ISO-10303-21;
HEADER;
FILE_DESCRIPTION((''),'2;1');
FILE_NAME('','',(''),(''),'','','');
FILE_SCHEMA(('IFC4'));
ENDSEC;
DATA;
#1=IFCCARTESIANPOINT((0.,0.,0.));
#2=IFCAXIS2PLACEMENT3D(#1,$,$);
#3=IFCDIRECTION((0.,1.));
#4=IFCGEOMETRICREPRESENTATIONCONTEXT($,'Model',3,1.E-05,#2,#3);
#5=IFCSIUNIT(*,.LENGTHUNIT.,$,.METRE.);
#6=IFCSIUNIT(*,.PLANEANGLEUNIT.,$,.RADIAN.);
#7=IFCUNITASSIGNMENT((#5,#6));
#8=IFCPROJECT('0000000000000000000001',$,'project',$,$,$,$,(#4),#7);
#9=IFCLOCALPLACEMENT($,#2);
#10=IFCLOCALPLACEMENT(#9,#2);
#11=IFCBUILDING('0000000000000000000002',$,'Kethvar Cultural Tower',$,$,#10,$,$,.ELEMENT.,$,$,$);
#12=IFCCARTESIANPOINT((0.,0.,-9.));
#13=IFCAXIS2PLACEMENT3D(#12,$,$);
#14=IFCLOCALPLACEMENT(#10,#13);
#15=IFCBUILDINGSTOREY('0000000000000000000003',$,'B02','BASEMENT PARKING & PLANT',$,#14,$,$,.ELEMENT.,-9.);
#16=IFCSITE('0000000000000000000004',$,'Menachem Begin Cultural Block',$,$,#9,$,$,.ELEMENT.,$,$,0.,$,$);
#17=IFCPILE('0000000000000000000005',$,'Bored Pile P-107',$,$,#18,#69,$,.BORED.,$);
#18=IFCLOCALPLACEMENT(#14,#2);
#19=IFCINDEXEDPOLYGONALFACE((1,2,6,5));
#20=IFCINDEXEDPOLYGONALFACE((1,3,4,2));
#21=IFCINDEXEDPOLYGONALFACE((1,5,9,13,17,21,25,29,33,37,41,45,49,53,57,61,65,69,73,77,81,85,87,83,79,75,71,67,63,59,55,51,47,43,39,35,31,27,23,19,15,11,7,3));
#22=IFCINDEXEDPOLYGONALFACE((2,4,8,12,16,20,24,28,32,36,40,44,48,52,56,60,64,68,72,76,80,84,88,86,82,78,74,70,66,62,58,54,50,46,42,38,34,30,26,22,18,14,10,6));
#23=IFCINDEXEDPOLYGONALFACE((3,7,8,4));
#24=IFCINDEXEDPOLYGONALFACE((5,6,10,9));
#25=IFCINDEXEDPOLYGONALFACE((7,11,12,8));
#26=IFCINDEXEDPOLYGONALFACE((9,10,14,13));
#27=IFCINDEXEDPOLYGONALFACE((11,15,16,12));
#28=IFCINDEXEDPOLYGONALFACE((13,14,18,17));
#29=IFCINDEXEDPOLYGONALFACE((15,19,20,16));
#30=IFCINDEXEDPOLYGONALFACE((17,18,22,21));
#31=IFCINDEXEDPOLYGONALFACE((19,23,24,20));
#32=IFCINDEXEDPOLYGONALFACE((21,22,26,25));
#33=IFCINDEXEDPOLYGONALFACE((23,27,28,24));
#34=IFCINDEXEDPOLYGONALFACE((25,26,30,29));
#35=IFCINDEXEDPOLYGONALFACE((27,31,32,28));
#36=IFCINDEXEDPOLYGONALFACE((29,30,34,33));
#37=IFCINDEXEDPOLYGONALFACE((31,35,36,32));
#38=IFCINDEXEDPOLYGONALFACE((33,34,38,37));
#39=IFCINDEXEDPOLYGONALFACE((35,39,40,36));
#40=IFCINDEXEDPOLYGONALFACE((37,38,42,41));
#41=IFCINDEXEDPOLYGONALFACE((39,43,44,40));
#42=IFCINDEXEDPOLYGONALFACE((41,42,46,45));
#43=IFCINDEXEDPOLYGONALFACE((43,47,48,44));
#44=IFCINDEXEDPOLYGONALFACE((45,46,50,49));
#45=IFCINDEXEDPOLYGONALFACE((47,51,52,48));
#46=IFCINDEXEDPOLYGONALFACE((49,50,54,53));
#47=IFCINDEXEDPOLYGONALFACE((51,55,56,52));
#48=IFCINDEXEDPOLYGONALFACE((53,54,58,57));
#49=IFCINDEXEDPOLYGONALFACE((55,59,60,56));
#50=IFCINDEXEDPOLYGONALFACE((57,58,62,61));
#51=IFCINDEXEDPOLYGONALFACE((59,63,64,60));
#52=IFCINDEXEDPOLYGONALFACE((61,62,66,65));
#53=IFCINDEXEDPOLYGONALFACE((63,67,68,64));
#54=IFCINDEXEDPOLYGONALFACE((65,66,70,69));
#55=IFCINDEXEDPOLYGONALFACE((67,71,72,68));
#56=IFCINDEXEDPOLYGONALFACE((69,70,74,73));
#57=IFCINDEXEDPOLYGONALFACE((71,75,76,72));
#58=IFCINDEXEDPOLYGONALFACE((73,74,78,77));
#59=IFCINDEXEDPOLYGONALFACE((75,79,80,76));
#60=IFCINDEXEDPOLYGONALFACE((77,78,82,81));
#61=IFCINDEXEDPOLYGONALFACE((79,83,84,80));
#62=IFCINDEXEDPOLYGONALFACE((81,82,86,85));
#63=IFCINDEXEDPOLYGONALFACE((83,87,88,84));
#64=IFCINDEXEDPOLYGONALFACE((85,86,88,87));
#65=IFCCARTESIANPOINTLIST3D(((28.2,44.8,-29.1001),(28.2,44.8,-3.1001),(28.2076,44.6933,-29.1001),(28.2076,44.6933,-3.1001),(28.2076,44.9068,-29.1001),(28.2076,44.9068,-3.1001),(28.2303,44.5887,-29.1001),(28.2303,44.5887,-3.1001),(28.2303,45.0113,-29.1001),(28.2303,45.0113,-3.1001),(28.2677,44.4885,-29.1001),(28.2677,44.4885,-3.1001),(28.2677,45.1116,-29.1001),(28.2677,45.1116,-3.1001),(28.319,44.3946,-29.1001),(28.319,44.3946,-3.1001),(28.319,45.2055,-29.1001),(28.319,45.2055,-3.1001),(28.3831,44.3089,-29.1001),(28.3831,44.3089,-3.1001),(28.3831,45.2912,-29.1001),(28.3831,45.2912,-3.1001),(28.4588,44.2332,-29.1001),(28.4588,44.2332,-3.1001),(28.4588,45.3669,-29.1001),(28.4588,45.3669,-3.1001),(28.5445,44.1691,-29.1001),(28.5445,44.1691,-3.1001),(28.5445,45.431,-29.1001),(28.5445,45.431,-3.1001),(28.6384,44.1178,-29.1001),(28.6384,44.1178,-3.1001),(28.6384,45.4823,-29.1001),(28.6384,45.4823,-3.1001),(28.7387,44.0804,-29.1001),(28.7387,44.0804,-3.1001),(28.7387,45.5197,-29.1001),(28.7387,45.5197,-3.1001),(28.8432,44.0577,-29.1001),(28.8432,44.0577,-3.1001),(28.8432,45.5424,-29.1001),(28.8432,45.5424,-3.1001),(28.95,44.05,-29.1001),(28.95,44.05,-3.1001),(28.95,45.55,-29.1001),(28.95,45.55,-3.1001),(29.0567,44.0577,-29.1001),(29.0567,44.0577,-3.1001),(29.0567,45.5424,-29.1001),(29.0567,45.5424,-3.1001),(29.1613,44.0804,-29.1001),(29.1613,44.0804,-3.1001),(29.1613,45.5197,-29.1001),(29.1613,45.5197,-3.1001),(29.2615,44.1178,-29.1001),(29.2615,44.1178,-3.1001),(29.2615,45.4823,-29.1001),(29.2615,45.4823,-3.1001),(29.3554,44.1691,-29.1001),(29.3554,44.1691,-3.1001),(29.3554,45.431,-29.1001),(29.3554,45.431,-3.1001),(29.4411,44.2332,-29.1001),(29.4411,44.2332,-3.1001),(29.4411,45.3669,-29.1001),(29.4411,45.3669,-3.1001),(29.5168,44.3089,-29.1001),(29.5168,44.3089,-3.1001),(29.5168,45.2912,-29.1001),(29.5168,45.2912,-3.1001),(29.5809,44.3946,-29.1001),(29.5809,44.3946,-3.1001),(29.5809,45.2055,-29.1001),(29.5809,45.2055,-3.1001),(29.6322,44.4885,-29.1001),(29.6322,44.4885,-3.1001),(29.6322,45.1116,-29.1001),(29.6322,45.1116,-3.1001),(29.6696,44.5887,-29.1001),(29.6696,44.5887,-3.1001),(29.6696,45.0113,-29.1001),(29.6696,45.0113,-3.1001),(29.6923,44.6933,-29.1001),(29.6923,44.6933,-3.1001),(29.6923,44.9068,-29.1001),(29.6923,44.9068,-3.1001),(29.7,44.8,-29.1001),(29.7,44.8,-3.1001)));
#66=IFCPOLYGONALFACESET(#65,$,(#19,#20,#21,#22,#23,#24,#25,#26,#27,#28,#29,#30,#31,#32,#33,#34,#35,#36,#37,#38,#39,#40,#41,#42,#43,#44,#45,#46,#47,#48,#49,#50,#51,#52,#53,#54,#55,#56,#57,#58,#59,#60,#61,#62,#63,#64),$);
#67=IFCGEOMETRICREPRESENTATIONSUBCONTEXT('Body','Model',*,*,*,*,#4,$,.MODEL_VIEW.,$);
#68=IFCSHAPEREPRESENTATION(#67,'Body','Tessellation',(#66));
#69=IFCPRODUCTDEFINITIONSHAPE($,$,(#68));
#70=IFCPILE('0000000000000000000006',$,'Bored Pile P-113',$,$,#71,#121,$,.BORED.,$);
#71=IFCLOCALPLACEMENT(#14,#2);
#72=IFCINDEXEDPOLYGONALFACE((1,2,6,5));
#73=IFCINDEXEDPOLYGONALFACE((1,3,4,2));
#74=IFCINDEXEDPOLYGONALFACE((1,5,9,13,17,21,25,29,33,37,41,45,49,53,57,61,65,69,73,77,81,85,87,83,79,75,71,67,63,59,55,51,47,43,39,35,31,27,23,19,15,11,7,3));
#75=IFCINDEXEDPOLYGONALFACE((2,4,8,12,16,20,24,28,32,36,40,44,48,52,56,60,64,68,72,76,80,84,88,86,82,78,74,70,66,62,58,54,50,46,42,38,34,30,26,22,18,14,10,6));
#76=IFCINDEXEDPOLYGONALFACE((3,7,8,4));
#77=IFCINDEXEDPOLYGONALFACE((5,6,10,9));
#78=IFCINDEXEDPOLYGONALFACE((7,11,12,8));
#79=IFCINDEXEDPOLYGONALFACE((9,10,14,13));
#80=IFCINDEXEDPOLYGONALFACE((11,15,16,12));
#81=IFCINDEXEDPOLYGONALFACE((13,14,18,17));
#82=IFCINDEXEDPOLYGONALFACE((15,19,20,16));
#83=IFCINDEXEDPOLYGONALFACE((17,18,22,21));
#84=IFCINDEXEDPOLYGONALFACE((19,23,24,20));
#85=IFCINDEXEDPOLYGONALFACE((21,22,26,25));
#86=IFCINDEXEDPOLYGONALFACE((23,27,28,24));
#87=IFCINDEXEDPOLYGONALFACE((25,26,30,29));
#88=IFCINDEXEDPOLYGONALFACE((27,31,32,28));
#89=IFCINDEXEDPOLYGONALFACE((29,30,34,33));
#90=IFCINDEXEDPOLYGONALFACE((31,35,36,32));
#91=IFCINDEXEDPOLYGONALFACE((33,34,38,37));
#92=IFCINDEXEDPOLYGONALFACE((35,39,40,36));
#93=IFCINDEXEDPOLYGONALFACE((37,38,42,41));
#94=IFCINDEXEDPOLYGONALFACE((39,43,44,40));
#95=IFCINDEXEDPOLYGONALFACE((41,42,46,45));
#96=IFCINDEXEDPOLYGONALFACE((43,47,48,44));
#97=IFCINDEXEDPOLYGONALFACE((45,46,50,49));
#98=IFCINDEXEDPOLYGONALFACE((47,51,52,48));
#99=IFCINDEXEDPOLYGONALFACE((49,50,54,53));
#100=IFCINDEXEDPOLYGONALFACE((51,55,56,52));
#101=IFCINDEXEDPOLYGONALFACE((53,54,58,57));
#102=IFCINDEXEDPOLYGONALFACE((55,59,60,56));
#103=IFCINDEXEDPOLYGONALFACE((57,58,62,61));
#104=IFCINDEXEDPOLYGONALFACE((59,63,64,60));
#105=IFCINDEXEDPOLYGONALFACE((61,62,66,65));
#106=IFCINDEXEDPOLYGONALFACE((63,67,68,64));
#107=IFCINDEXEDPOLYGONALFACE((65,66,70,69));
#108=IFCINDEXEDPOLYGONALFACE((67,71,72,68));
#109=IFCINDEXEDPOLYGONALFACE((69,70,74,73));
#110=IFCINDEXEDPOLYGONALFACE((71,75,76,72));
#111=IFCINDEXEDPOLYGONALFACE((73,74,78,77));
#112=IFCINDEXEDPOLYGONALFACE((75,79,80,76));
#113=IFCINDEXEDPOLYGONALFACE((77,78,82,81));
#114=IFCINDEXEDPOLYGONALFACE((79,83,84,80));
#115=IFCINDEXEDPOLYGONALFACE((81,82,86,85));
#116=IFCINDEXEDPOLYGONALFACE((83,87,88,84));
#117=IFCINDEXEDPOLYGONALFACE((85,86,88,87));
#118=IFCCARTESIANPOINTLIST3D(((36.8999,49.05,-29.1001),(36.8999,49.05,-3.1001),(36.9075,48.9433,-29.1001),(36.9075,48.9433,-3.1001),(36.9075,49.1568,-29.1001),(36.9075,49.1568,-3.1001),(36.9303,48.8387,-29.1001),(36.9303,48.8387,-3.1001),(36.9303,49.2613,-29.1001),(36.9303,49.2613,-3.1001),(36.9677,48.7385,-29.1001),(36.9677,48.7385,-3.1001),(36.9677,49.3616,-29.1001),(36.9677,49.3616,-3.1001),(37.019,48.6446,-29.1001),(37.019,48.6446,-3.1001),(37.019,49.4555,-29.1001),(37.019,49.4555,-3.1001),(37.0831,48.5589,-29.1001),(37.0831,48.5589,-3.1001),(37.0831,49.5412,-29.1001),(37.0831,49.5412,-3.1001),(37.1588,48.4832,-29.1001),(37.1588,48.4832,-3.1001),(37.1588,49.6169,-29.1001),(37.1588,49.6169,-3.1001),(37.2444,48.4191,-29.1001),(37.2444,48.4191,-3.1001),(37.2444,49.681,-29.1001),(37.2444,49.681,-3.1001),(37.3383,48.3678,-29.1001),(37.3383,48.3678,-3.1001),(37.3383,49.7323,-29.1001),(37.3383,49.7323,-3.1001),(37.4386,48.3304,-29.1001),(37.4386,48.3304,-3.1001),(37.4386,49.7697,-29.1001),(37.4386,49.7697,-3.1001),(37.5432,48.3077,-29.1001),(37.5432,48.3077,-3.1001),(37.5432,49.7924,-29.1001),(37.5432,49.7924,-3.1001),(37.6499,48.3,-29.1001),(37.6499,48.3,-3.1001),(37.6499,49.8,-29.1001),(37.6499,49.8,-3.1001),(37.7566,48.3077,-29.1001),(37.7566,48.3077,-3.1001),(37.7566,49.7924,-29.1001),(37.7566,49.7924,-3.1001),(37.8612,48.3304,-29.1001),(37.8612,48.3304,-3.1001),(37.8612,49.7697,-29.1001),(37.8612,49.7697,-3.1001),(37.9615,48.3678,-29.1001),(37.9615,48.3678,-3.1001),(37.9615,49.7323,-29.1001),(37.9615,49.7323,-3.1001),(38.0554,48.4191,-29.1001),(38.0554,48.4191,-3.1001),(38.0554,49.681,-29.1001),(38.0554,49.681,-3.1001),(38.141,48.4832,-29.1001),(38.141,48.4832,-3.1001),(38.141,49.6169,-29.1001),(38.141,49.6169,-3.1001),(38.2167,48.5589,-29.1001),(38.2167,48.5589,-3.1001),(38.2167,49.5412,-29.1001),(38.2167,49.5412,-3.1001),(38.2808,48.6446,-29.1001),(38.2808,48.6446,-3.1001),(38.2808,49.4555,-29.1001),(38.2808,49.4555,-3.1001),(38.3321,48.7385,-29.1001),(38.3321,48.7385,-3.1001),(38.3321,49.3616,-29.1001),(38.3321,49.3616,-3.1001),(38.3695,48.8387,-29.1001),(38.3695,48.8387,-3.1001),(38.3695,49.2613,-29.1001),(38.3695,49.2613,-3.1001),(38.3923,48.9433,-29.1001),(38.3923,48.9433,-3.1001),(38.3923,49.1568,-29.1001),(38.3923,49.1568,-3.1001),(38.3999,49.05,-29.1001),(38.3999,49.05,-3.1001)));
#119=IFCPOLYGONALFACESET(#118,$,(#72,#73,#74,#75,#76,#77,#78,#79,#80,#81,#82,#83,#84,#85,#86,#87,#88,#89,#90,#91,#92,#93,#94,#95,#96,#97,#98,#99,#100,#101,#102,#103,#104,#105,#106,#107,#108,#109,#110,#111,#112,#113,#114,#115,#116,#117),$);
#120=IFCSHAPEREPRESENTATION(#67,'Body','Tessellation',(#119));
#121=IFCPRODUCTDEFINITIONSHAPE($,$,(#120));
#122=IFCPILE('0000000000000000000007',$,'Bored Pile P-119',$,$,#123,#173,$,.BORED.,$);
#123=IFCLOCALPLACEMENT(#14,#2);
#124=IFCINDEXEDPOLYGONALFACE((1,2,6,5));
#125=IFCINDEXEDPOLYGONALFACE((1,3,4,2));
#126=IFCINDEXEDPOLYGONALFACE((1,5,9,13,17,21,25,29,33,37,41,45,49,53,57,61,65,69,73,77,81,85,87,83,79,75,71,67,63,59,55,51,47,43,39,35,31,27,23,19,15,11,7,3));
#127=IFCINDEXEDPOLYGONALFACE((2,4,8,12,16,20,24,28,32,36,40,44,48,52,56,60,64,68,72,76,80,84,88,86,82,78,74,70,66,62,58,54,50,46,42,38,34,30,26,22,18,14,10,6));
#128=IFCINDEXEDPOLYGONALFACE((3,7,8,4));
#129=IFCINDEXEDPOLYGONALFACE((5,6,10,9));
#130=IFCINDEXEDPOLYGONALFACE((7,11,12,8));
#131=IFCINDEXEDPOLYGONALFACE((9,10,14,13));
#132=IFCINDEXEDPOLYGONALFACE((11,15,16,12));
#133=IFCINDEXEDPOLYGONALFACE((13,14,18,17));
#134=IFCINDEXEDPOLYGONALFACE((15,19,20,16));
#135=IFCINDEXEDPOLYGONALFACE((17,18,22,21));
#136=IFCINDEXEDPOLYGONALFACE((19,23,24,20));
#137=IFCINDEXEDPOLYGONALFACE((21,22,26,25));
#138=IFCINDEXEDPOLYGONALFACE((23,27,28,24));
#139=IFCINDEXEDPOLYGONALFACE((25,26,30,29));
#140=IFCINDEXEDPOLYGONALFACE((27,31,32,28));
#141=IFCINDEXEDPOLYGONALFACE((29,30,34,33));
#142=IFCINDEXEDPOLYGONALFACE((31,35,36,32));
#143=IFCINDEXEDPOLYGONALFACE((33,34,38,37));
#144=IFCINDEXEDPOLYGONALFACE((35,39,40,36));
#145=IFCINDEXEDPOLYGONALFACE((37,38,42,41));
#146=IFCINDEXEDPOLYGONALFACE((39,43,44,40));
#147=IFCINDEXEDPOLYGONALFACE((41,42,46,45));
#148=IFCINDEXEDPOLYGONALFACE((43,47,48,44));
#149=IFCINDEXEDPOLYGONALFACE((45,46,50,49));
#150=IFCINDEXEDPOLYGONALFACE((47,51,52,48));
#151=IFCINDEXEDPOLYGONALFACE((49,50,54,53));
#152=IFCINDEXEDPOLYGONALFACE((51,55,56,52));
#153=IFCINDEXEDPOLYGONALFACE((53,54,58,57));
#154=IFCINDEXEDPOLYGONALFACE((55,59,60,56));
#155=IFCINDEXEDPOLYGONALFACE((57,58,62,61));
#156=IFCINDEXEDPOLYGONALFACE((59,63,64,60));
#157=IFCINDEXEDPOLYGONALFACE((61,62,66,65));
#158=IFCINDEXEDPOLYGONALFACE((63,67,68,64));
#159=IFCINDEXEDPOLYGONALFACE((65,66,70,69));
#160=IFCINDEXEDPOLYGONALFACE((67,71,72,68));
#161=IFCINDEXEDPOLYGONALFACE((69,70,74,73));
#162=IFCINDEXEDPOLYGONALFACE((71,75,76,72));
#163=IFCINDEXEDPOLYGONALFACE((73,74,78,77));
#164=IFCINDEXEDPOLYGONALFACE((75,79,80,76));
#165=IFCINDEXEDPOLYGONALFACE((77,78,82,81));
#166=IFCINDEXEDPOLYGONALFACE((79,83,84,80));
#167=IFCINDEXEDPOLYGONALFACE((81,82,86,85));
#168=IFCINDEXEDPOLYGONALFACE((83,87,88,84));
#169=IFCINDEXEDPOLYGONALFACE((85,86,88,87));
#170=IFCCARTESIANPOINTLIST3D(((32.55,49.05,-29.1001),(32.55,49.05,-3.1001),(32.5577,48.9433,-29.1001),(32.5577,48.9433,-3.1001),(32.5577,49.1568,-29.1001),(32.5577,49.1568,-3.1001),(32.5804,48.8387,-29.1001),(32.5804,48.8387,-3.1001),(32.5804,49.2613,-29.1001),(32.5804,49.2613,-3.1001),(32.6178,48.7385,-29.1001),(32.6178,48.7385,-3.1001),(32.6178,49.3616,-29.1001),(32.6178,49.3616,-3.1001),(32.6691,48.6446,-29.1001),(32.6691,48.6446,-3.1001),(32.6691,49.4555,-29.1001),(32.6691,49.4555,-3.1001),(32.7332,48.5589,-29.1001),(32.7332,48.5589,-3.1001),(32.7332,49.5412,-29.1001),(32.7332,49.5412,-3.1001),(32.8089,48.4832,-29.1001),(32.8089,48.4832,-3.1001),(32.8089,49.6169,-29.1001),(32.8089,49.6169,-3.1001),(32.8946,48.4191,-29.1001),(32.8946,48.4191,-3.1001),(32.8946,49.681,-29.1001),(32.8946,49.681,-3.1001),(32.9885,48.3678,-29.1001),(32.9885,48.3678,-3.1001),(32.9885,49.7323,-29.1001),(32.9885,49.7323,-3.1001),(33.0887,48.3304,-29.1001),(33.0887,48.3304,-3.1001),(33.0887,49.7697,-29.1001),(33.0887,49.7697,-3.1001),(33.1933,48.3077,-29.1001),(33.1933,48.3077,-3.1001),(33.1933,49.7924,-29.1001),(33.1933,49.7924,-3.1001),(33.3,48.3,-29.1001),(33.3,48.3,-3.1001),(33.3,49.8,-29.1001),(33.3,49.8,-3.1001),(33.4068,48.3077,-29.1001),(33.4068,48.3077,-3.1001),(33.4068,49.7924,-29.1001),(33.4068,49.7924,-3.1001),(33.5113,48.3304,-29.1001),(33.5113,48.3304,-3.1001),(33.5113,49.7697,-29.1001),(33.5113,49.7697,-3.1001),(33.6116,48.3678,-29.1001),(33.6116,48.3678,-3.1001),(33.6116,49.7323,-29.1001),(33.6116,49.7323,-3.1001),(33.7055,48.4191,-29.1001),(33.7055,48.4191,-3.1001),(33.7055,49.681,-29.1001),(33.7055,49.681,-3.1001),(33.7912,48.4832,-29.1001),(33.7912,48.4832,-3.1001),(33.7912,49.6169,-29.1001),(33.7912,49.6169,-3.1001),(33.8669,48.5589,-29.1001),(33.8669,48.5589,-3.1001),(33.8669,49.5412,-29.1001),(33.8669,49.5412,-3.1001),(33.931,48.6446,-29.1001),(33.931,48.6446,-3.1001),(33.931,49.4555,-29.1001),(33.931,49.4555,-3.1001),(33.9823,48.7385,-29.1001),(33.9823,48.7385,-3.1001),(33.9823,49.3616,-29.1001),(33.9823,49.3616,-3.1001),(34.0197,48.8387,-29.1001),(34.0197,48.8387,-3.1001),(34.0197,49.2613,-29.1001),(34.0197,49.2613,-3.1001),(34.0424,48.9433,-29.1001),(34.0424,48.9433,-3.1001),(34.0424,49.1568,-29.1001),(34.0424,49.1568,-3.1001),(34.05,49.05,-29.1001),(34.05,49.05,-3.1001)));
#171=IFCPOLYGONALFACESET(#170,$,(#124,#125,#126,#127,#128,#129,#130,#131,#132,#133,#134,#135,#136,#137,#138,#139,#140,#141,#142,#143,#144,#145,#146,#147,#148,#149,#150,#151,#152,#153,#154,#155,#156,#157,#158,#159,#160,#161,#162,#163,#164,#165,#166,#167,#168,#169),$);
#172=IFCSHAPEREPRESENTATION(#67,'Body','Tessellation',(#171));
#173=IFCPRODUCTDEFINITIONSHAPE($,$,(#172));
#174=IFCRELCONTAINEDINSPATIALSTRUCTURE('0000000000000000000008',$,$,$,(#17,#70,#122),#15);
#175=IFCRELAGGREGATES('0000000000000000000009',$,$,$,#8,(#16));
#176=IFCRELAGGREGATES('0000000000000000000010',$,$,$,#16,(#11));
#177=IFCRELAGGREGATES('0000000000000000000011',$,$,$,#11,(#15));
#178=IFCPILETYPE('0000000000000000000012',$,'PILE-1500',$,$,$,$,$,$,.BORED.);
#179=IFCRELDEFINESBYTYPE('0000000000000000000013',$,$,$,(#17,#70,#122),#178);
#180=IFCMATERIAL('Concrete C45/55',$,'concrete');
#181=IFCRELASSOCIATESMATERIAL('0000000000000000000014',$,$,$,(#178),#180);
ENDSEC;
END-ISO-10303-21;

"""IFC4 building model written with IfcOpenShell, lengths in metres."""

from ifc_helpers import new_model, si_unit, direction, frame, origin, origin_2d, place, context, subcontext, project, spatial, circle, extrude, source, transform, mapped, material, material_profile, profile_set, type_object, element, save


model = new_model("IFC4")

# Units and contexts
model_context = context("Model", 3, precision=1e-05, world=origin(), true_north=direction((0.0, 1.0)))
body_context = subcontext(model_context, "Body", "Model", "MODEL_VIEW")
ifc_project = project(units=[si_unit("LENGTHUNIT", "METRE"), si_unit("PLANEANGLEUNIT", "RADIAN")], contexts=[model_context])

# Site, building, storey
site_placement = place(None, origin())
site = spatial("IfcSite", under=ifc_project, at=site_placement, Name="Menachem Begin Cultural Block", CompositionType="ELEMENT", RefElevation=0.0)
building_placement = place(site_placement, origin())
building = spatial("IfcBuilding", under=site, at=building_placement, Name="Kethvar Cultural Tower", CompositionType="ELEMENT")
storey_placement = place(building_placement, frame((0.0, 0.0, -9.0)))
storey = spatial("IfcBuildingStorey", under=building, at=storey_placement, Name="B02", Description="BASEMENT PARKING & PLANT", CompositionType="ELEMENT", Elevation=-9.0)

# Piles
ifc_material_1 = material(Name="Concrete C45/55", Category="concrete")
ifc_material_profile_1 = material_profile(ifc_material_1, circle(Radius=0.75, at=origin_2d()), Name="Concrete C45/55 — PILE1500")
ifc_profile_set_1 = profile_set([ifc_material_profile_1], Name="Concrete C45/55 — PILE1500")
pile_type = type_object("IfcPileType", Name="PILE-1500", PredefinedType="BORED", material=ifc_profile_set_1)
shared_shape_1 = source(origin(), body_context, "Body", "SweptSolid", [
    extrude(circle(Radius=0.75, at=origin_2d()), origin(), (0.0, 0.0, 1.0), 26.0),
])
for number, where, z_axis, x_axis, name in (
    (1, (28.95, 44.8, -3.1001), (0.0, 0.0, -1.0), (1.0, 0.0, 0.0), "Bored Pile P-107"),
    (2, (37.6499, 49.05, -3.1001), (0.0, 0.0, -1.0), (1.0, 0.0, 0.0), "Bored Pile P-113"),
    (3, (33.3, 49.05, -3.1001), (0.0, 0.0, -1.0), (1.0, 0.0, 0.0), "Bored Pile P-119"),
):
    element("IfcPile", number, at=place(storey_placement, frame(where, z_axis=z_axis, x_axis=x_axis)), inside=storey, type_object=pile_type, Name=name, PredefinedType="BORED", context=body_context, shape_type="MappedRepresentation", body=[
        mapped(shared_shape_1, transform((0.0, 0.0, 0.0), scale=1.0)),
    ])

save(model, "model.ifc")
